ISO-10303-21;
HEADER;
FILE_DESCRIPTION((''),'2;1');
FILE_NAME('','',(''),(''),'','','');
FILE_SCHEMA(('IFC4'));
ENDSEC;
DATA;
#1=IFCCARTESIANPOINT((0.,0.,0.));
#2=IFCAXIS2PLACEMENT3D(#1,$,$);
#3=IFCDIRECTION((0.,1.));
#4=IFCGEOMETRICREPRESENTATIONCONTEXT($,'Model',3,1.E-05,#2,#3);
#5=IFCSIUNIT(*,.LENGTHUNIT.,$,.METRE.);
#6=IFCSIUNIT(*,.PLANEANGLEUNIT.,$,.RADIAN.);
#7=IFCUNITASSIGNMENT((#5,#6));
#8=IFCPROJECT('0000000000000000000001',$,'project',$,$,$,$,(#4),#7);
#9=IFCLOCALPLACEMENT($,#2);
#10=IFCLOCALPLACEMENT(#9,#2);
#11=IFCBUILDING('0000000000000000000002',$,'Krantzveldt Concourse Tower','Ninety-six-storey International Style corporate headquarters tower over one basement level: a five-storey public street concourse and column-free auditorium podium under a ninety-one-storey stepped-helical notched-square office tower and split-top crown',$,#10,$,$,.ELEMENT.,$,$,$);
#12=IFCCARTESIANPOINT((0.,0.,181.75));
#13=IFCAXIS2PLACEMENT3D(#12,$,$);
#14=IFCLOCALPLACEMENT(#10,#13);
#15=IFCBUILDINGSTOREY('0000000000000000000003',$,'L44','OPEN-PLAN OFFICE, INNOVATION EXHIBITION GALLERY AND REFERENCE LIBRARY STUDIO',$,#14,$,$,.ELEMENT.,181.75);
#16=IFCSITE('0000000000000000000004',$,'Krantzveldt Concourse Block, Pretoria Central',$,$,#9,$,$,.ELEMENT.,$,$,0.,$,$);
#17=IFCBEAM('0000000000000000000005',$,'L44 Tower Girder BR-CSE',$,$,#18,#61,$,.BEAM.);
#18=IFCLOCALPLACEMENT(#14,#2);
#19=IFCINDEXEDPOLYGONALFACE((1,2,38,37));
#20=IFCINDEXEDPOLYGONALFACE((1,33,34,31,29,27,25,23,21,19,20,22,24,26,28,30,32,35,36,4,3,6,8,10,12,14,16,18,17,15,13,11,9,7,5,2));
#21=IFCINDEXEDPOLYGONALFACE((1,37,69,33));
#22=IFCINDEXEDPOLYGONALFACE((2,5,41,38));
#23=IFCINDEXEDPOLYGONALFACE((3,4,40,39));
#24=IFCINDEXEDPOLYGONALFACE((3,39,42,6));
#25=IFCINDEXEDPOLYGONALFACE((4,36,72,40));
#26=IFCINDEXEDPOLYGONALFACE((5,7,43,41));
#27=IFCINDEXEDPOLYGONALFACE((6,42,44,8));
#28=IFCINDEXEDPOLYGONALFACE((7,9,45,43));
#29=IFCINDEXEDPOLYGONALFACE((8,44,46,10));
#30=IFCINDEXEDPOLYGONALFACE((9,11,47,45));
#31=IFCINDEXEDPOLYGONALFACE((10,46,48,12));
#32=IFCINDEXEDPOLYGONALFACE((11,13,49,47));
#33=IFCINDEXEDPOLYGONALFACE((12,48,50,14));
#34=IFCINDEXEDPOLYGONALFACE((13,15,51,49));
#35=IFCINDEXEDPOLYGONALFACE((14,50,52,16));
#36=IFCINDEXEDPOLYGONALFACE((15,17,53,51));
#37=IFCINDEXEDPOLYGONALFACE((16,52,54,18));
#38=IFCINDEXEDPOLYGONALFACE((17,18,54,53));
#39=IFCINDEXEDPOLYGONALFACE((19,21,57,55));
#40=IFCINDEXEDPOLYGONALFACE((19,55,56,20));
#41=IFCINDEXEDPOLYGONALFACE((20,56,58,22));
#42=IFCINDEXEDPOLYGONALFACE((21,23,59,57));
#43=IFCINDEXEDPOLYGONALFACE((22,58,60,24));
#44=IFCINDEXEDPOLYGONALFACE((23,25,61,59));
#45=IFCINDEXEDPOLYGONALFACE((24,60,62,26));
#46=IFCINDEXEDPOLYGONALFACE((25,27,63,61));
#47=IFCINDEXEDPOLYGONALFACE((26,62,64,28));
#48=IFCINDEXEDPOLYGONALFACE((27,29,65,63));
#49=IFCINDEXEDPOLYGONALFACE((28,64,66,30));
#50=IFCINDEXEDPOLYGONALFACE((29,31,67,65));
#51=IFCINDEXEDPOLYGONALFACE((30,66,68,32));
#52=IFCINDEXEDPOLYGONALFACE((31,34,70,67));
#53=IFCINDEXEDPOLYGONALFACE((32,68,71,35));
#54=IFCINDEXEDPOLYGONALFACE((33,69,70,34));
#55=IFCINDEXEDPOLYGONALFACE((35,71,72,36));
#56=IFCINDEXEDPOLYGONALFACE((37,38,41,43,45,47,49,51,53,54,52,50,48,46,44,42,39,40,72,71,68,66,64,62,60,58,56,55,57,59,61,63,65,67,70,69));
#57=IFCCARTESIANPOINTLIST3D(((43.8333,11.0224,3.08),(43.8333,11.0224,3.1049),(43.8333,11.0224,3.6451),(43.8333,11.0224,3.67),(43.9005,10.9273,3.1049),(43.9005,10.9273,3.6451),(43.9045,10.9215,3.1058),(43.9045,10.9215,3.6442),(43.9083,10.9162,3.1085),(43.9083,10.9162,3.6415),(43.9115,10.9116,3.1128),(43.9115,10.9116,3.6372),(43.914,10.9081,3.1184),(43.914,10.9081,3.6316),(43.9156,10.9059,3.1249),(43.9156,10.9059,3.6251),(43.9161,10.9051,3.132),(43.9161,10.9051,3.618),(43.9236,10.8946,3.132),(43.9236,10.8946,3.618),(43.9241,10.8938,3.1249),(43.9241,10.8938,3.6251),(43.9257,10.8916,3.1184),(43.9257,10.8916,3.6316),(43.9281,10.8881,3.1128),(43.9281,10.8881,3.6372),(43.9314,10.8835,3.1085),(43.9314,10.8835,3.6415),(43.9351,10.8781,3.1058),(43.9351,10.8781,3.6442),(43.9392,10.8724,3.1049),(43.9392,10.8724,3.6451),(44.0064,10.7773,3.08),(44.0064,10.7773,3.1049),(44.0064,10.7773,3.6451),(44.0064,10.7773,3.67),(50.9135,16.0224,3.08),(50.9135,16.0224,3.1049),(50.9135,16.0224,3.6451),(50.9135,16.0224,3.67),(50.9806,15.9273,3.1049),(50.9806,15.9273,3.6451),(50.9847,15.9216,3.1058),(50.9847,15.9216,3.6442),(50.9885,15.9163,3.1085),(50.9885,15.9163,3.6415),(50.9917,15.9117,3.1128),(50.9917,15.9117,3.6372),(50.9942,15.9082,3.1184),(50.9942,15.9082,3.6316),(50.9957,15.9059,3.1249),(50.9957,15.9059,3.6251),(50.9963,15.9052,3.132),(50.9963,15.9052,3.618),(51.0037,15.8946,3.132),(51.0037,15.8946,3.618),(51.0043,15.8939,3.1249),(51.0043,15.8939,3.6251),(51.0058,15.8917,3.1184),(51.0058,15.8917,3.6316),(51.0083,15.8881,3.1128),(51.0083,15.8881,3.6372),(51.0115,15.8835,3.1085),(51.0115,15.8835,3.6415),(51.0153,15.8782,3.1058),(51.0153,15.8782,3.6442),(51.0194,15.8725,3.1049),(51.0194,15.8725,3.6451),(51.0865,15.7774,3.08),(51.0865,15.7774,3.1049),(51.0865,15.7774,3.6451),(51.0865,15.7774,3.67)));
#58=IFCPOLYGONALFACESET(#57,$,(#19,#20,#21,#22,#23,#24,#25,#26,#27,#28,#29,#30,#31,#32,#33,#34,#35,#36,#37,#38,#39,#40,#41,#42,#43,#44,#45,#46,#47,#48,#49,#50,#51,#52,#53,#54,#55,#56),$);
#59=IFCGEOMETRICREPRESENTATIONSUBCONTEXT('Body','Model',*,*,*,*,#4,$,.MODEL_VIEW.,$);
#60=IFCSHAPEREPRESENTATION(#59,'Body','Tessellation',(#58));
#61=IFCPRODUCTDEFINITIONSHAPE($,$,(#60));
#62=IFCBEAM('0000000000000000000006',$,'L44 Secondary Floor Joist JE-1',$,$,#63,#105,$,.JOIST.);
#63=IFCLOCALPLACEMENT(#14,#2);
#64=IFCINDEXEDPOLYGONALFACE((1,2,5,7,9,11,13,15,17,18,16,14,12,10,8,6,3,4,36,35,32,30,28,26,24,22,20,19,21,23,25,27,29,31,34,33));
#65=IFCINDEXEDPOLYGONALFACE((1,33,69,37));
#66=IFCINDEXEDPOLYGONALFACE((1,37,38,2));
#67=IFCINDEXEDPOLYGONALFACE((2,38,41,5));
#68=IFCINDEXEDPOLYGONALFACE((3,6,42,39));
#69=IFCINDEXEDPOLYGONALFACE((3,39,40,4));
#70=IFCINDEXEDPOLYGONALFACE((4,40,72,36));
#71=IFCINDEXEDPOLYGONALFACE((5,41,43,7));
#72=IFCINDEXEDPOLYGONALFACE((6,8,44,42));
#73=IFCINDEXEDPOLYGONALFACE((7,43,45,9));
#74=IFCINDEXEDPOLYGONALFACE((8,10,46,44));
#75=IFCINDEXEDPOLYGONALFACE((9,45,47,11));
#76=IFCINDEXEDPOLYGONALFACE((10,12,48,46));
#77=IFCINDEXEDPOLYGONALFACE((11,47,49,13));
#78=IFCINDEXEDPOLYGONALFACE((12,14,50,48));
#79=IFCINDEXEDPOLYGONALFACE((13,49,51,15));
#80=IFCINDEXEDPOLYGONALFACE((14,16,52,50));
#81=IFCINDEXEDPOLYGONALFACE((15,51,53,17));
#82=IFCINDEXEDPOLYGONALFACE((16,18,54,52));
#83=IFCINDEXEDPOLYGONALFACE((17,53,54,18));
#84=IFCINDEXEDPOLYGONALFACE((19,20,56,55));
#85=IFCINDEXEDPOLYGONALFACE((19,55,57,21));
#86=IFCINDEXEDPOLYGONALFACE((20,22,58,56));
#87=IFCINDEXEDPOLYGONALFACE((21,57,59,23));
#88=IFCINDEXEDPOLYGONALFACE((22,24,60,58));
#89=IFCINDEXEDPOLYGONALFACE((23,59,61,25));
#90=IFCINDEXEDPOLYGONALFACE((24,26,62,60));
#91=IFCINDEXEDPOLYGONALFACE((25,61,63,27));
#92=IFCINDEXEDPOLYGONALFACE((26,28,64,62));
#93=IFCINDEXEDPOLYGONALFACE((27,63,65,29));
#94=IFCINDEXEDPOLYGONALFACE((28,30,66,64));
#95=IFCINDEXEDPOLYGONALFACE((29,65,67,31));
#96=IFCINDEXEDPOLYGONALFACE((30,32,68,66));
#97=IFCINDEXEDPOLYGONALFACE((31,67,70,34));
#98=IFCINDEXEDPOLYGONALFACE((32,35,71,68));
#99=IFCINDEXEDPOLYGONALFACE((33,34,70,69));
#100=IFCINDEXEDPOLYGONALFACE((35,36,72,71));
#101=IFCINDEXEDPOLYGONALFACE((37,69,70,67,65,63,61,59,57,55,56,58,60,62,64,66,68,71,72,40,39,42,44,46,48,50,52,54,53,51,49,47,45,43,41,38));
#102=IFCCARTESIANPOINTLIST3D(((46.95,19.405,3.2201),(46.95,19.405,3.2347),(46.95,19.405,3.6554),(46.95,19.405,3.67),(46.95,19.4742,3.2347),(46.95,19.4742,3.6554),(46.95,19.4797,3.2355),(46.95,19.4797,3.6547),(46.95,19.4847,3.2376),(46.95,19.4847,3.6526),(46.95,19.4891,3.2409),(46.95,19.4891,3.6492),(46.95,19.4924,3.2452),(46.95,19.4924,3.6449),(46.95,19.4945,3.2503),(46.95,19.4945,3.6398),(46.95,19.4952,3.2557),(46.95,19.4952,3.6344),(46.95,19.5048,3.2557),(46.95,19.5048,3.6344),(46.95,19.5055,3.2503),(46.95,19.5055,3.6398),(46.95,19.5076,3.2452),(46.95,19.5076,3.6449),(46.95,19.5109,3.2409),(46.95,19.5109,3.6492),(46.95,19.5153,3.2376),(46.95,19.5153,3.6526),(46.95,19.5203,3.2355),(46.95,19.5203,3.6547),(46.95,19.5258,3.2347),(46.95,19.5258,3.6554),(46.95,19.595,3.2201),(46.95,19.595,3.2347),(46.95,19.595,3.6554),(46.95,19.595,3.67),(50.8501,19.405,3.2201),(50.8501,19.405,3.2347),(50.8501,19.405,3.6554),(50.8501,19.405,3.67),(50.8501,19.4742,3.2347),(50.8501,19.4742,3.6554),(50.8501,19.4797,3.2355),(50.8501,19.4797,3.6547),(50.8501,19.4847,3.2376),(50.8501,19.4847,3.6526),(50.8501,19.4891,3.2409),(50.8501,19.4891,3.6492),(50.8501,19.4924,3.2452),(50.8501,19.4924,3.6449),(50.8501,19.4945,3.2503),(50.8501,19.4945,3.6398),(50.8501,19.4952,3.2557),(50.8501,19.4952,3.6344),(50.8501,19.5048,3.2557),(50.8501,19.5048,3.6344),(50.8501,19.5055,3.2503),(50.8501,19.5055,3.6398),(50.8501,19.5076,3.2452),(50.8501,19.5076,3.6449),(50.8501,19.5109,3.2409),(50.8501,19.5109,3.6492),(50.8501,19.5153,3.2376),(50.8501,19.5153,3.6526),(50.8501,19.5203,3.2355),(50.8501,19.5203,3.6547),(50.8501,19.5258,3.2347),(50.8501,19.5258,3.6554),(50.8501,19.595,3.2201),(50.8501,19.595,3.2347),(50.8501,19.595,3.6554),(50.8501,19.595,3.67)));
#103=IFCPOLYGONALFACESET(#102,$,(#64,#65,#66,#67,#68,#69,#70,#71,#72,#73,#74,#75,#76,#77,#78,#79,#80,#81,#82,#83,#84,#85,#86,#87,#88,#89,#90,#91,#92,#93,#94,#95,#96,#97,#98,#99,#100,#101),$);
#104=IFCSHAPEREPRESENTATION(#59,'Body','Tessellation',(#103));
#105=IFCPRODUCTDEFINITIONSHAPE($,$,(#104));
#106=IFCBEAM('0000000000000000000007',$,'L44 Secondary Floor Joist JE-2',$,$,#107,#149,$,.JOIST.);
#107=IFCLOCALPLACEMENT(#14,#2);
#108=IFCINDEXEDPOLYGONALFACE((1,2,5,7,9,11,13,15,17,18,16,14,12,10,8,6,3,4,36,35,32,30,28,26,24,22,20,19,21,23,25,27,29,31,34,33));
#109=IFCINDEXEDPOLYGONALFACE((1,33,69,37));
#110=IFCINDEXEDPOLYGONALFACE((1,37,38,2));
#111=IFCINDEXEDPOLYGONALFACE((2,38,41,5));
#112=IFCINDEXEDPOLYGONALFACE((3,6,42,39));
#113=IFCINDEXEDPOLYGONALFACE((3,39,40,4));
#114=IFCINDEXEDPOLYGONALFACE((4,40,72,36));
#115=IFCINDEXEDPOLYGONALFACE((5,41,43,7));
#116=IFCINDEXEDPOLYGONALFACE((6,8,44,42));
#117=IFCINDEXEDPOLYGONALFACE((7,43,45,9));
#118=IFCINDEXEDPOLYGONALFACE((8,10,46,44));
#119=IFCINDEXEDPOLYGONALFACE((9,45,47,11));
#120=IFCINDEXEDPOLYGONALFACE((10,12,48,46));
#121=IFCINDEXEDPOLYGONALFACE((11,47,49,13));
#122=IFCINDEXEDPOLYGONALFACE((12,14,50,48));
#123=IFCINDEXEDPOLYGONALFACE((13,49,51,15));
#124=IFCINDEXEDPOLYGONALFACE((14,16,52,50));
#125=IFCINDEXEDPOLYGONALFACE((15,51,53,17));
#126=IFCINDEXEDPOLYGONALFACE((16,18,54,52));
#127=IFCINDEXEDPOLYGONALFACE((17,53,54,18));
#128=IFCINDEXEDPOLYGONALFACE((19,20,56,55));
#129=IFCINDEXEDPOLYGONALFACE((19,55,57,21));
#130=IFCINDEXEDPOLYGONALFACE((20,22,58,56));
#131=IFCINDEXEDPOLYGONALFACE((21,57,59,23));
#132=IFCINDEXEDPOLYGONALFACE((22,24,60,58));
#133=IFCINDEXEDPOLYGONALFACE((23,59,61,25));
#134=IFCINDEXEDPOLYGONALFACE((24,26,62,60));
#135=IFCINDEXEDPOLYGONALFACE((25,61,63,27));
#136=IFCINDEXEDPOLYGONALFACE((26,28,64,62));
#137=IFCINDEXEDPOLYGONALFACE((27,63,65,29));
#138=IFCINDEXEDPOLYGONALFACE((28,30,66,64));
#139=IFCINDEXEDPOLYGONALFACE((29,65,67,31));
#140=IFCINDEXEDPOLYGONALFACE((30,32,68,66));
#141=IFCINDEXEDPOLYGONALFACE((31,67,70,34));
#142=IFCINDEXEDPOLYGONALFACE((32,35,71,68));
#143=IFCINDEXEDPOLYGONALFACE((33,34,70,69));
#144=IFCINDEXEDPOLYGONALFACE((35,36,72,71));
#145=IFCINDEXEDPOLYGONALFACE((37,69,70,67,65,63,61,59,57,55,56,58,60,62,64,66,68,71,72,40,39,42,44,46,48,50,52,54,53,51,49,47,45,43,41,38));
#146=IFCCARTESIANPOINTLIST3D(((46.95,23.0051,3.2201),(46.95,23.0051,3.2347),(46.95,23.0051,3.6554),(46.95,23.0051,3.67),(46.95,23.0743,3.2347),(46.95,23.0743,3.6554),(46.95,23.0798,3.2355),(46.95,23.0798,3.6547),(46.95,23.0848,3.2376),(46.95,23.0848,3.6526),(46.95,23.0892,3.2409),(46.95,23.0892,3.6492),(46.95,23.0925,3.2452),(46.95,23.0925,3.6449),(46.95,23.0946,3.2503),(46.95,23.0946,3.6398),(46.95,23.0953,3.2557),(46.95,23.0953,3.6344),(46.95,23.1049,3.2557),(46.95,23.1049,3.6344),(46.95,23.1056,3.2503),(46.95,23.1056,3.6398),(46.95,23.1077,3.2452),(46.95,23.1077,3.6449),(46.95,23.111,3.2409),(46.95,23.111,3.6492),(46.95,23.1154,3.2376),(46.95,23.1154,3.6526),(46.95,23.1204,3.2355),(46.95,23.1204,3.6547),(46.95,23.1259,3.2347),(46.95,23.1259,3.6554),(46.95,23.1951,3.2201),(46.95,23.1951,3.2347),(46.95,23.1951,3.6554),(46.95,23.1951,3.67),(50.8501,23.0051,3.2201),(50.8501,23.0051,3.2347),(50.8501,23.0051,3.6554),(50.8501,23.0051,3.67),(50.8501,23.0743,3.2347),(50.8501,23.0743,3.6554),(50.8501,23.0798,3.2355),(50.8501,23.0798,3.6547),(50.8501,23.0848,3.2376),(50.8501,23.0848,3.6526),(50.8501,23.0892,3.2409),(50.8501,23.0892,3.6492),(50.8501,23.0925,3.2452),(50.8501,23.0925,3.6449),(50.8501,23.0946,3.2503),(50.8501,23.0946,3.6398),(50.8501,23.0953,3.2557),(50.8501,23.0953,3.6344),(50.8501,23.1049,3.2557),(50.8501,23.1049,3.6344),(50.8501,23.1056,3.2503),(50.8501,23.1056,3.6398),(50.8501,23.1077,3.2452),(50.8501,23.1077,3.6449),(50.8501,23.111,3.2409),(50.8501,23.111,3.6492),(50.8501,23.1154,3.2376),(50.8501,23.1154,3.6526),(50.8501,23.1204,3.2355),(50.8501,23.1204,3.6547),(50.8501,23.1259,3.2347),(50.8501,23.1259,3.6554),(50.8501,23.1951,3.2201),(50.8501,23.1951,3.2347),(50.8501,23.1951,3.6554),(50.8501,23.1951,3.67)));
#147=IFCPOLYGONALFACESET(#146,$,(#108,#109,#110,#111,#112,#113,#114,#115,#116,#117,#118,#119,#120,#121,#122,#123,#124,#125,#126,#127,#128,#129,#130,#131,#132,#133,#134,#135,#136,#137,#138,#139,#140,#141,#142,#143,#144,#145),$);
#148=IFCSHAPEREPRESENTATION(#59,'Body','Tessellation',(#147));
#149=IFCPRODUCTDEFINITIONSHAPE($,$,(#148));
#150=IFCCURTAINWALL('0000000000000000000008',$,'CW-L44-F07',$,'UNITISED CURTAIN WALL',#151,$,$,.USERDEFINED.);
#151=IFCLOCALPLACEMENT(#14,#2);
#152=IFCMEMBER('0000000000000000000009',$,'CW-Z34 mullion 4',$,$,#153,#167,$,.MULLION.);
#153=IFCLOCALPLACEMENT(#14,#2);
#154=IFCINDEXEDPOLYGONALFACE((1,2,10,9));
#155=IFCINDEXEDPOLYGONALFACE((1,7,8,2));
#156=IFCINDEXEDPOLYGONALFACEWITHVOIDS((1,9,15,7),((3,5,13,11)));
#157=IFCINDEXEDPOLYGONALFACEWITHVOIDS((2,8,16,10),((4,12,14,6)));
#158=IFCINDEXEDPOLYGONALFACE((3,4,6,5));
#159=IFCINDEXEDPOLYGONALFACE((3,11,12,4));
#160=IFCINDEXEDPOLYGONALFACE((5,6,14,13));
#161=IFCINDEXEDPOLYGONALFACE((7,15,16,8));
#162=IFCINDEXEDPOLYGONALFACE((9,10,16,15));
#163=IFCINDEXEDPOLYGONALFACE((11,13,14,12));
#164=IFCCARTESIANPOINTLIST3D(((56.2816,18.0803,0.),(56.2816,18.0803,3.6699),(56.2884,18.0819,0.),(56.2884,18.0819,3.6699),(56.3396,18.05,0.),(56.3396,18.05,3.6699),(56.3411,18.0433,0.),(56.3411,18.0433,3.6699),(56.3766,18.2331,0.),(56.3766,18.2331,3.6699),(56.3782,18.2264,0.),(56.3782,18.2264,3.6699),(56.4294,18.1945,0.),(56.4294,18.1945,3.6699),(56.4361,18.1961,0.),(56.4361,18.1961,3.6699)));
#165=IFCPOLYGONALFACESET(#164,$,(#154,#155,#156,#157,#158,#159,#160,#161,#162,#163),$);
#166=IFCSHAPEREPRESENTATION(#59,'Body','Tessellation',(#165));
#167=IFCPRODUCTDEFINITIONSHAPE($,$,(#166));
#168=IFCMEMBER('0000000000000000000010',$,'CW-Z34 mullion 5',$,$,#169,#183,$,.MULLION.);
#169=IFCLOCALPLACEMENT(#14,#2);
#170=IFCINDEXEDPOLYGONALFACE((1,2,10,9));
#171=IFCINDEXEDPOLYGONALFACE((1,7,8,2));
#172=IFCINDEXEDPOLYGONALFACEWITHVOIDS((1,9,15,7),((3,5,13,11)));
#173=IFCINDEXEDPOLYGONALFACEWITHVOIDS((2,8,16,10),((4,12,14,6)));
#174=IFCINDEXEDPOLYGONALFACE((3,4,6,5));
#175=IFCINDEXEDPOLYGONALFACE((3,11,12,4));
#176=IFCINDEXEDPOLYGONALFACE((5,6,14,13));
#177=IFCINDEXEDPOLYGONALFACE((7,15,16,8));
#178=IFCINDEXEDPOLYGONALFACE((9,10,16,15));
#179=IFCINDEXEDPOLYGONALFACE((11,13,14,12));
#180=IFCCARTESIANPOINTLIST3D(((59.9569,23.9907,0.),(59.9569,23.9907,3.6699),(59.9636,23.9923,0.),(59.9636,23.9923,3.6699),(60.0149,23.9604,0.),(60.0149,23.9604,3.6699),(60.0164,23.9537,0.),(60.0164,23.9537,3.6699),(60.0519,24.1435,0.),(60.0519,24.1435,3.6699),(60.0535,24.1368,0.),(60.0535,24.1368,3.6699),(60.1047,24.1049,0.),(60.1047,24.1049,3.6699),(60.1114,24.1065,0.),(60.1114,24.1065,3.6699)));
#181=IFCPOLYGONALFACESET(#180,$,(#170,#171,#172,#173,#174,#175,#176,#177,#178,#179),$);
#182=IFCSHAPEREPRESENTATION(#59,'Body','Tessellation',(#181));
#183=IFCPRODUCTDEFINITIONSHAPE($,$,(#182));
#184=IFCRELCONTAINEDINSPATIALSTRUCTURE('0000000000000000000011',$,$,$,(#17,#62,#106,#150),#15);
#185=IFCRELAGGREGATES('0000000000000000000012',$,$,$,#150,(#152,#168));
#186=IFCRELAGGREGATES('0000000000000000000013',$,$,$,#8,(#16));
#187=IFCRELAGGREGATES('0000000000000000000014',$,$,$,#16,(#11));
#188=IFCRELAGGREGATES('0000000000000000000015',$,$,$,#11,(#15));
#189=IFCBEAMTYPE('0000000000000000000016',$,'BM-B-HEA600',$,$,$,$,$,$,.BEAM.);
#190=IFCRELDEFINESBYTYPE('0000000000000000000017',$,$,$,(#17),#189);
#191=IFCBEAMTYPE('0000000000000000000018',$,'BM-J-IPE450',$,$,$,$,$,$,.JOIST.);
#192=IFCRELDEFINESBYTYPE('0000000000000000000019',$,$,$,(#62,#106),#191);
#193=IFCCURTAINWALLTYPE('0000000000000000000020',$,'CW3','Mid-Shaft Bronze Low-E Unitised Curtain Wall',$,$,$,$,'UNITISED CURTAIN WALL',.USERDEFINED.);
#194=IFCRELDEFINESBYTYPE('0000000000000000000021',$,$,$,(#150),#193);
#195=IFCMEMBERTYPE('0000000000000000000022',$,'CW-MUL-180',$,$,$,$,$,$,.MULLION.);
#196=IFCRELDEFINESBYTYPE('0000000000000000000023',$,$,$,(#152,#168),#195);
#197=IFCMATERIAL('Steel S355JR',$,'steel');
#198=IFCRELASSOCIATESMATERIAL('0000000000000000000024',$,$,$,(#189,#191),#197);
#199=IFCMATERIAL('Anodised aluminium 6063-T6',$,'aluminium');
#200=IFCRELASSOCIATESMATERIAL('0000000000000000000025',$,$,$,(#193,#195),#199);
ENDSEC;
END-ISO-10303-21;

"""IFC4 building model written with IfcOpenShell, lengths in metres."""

from ifc_helpers import new_model, si_unit, direction, frame, origin, origin_2d, place, context, subcontext, project, spatial, hollow_rectangle, i_section, extrude, source, transform, mapped, material, material_profile, profile_set, type_object, type_shapes, element, aggregate, save


model = new_model("IFC4")

# Units and contexts
model_context = context("Model", 3, precision=1e-05, world=origin(), true_north=direction((0.0, 1.0)))
body_context = subcontext(model_context, "Body", "Model", "MODEL_VIEW")
ifc_project = project(units=[si_unit("LENGTHUNIT", "METRE"), si_unit("PLANEANGLEUNIT", "RADIAN")], contexts=[model_context])

# Site, building, storey
site_placement = place(None, origin())
site = spatial("IfcSite", under=ifc_project, at=site_placement, Name="Krantzveldt Concourse Block, Pretoria Central", CompositionType="ELEMENT", RefElevation=0.0)
building_placement = place(site_placement, origin())
building = spatial("IfcBuilding", under=site, at=building_placement, Name="Krantzveldt Concourse Tower", Description="Ninety-six-storey International Style corporate headquarters tower over one basement level: a five-storey public street concourse and column-free auditorium podium under a ninety-one-storey stepped-helical notched-square office tower and split-top crown", CompositionType="ELEMENT")
storey_placement = place(building_placement, frame((0.0, 0.0, 181.75)))
storey = spatial("IfcBuildingStorey", under=building, at=storey_placement, Name="L44", Description="OPEN-PLAN OFFICE, INNOVATION EXHIBITION GALLERY AND REFERENCE LIBRARY STUDIO", CompositionType="ELEMENT", Elevation=181.75)

# Beams
ifc_material_1 = material(Name="Steel S355JR", Category="steel")
ifc_material_profile_1 = material_profile(ifc_material_1, i_section(OverallWidth=0.3, OverallDepth=0.5901, WebThickness=0.0129, FlangeThickness=0.0249, FilletRadius=0.0271, at=origin_2d()), Name="Steel S355JR", Category="steel")
ifc_profile_set_1 = profile_set([ifc_material_profile_1], Name="Steel S355JR - HEA 600")
beam_type_1 = type_object("IfcBeamType", Name="BM-B-HEA600", PredefinedType="BEAM", material=ifc_profile_set_1)
shared_shape_1 = source(origin(), body_context, "Body", "SweptSolid", [
    extrude(i_section(OverallWidth=0.3, OverallDepth=0.5901, WebThickness=0.0129, FlangeThickness=0.0249, FilletRadius=0.0271, at=origin_2d()), origin(), (0.0, 0.0, 1.0), 8.6677),
])
beam_1_placement = place(storey_placement, frame((51.0, 15.8999, 3.375), z_axis=(-0.816843, -0.57686, 0.0), x_axis=(0.57686, -0.816843, 0.0)))
element("IfcBeam", 1, at=beam_1_placement, inside=storey, type_object=beam_type_1, Name="L44 Tower Girder BR-CSE", PredefinedType="BEAM", context=body_context, shape_type="MappedRepresentation", body=[
    mapped(shared_shape_1, transform((0.0, 0.0, 0.0), x_axis=(1.0, 0.0, 0.0), y_axis=(0.0, 1.0, 0.0), z_axis=(0.0, 0.0, 1.0), scale=1.0)),
])
ifc_material_profile_2 = material_profile(ifc_material_1, i_section(OverallWidth=0.1899, OverallDepth=0.45, WebThickness=0.0095, FlangeThickness=0.0146, FilletRadius=0.021, at=origin_2d()), Name="Steel S355JR", Category="steel")
ifc_profile_set_2 = profile_set([ifc_material_profile_2], Name="Steel S355JR - IPE 450")
beam_type_2 = type_object("IfcBeamType", Name="BM-J-IPE450", PredefinedType="JOIST", material=ifc_profile_set_2)
shared_shape_2 = source(origin(), body_context, "Body", "SweptSolid", [
    extrude(i_section(OverallWidth=0.1899, OverallDepth=0.45, WebThickness=0.0095, FlangeThickness=0.0146, FilletRadius=0.021, at=origin_2d()), origin(), (0.0, 0.0, 1.0), 3.9001),
])
type_shapes(beam_type_2, [shared_shape_2])
for number, where, z_axis, x_axis, name in (
    (2, (46.95, 19.5, 3.4451), (1.0, 0.0, 0.0), (0.0, 1.0, 0.0), "L44 Secondary Floor Joist JE-1"),
    (3, (46.95, 23.1001, 3.4451), (1.0, 0.0, 0.0), (0.0, 1.0, 0.0), "L44 Secondary Floor Joist JE-2"),
):
    element("IfcBeam", number, at=place(storey_placement, frame(where, z_axis=z_axis, x_axis=x_axis)), inside=storey, type_object=beam_type_2, Name=name, PredefinedType="JOIST", context=body_context, shape_type="MappedRepresentation", body=[
        mapped(shared_shape_2, transform((0.0, 0.0, 0.0), x_axis=(1.0, 0.0, 0.0), y_axis=(0.0, 1.0, 0.0), z_axis=(0.0, 0.0, 1.0), scale=1.0)),
    ])

# Curtain wall, members
ifc_material_2 = material(Name="Anodised aluminium 6063-T6", Category="aluminium")
curtain_wall_type = type_object("IfcCurtainWallType", Name="CW3", Description="Mid-Shaft Bronze Low-E Unitised Curtain Wall", ElementType="UNITISED CURTAIN WALL", PredefinedType="USERDEFINED", material=ifc_material_2)
curtain_wall_placement = place(storey_placement, origin())
curtain_wall = element("IfcCurtainWall", 4, at=curtain_wall_placement, inside=storey, type_object=curtain_wall_type, Name="CW-L44-F07", ObjectType="UNITISED CURTAIN WALL", PredefinedType="USERDEFINED")
ifc_material_profile_3 = material_profile(ifc_material_2, hollow_rectangle(XDim=0.0701, YDim=0.1799, WallThickness=0.0049, at=origin_2d()), Name="Anodised aluminium 6063-T6", Category="aluminium")
ifc_profile_set_3 = profile_set([ifc_material_profile_3], Name="Anodised aluminium 6063-T6 - ALU-MULL 180x70x5")
member_type_1 = type_object("IfcMemberType", Name="CW-MUL-180", PredefinedType="MULLION", material=ifc_profile_set_3)
shared_shape_3 = source(origin(), body_context, "Body", "SweptSolid", [
    extrude(hollow_rectangle(XDim=0.0701, YDim=0.1799, WallThickness=0.0049, at=origin_2d()), origin(), (0.0, 0.0, 1.0), 3.6699),
])
type_shapes(member_type_1, [shared_shape_3])
member_1_placement = place(storey_placement, frame((56.3589, 18.1382, 0.0), z_axis=(0.0, 0.0, 1.0), x_axis=(-0.849202, 0.528068, 0.0)))
member_1 = element("IfcMember", 5, at=member_1_placement, type_object=member_type_1, Name="CW-Z34 mullion 4", PredefinedType="MULLION", context=body_context, shape_type="MappedRepresentation", body=[
    mapped(shared_shape_3, transform((0.0, 0.0, 0.0), x_axis=(1.0, 0.0, 0.0), y_axis=(0.0, 1.0, 0.0), z_axis=(0.0, 0.0, 1.0), scale=1.0)),
])
member_2_placement = place(storey_placement, frame((60.0342, 24.0486, 0.0), z_axis=(0.0, 0.0, 1.0), x_axis=(-0.849202, 0.528068, 0.0)))
member_2 = element("IfcMember", 6, at=member_2_placement, type_object=member_type_1, Name="CW-Z34 mullion 5", PredefinedType="MULLION", context=body_context, shape_type="MappedRepresentation", body=[
    mapped(shared_shape_3, transform((0.0, 0.0, 0.0), x_axis=(1.0, 0.0, 0.0), y_axis=(0.0, 1.0, 0.0), z_axis=(0.0, 0.0, 1.0), scale=1.0)),
])
aggregate(curtain_wall, [member_1, member_2])

save(model, "model.ifc")
